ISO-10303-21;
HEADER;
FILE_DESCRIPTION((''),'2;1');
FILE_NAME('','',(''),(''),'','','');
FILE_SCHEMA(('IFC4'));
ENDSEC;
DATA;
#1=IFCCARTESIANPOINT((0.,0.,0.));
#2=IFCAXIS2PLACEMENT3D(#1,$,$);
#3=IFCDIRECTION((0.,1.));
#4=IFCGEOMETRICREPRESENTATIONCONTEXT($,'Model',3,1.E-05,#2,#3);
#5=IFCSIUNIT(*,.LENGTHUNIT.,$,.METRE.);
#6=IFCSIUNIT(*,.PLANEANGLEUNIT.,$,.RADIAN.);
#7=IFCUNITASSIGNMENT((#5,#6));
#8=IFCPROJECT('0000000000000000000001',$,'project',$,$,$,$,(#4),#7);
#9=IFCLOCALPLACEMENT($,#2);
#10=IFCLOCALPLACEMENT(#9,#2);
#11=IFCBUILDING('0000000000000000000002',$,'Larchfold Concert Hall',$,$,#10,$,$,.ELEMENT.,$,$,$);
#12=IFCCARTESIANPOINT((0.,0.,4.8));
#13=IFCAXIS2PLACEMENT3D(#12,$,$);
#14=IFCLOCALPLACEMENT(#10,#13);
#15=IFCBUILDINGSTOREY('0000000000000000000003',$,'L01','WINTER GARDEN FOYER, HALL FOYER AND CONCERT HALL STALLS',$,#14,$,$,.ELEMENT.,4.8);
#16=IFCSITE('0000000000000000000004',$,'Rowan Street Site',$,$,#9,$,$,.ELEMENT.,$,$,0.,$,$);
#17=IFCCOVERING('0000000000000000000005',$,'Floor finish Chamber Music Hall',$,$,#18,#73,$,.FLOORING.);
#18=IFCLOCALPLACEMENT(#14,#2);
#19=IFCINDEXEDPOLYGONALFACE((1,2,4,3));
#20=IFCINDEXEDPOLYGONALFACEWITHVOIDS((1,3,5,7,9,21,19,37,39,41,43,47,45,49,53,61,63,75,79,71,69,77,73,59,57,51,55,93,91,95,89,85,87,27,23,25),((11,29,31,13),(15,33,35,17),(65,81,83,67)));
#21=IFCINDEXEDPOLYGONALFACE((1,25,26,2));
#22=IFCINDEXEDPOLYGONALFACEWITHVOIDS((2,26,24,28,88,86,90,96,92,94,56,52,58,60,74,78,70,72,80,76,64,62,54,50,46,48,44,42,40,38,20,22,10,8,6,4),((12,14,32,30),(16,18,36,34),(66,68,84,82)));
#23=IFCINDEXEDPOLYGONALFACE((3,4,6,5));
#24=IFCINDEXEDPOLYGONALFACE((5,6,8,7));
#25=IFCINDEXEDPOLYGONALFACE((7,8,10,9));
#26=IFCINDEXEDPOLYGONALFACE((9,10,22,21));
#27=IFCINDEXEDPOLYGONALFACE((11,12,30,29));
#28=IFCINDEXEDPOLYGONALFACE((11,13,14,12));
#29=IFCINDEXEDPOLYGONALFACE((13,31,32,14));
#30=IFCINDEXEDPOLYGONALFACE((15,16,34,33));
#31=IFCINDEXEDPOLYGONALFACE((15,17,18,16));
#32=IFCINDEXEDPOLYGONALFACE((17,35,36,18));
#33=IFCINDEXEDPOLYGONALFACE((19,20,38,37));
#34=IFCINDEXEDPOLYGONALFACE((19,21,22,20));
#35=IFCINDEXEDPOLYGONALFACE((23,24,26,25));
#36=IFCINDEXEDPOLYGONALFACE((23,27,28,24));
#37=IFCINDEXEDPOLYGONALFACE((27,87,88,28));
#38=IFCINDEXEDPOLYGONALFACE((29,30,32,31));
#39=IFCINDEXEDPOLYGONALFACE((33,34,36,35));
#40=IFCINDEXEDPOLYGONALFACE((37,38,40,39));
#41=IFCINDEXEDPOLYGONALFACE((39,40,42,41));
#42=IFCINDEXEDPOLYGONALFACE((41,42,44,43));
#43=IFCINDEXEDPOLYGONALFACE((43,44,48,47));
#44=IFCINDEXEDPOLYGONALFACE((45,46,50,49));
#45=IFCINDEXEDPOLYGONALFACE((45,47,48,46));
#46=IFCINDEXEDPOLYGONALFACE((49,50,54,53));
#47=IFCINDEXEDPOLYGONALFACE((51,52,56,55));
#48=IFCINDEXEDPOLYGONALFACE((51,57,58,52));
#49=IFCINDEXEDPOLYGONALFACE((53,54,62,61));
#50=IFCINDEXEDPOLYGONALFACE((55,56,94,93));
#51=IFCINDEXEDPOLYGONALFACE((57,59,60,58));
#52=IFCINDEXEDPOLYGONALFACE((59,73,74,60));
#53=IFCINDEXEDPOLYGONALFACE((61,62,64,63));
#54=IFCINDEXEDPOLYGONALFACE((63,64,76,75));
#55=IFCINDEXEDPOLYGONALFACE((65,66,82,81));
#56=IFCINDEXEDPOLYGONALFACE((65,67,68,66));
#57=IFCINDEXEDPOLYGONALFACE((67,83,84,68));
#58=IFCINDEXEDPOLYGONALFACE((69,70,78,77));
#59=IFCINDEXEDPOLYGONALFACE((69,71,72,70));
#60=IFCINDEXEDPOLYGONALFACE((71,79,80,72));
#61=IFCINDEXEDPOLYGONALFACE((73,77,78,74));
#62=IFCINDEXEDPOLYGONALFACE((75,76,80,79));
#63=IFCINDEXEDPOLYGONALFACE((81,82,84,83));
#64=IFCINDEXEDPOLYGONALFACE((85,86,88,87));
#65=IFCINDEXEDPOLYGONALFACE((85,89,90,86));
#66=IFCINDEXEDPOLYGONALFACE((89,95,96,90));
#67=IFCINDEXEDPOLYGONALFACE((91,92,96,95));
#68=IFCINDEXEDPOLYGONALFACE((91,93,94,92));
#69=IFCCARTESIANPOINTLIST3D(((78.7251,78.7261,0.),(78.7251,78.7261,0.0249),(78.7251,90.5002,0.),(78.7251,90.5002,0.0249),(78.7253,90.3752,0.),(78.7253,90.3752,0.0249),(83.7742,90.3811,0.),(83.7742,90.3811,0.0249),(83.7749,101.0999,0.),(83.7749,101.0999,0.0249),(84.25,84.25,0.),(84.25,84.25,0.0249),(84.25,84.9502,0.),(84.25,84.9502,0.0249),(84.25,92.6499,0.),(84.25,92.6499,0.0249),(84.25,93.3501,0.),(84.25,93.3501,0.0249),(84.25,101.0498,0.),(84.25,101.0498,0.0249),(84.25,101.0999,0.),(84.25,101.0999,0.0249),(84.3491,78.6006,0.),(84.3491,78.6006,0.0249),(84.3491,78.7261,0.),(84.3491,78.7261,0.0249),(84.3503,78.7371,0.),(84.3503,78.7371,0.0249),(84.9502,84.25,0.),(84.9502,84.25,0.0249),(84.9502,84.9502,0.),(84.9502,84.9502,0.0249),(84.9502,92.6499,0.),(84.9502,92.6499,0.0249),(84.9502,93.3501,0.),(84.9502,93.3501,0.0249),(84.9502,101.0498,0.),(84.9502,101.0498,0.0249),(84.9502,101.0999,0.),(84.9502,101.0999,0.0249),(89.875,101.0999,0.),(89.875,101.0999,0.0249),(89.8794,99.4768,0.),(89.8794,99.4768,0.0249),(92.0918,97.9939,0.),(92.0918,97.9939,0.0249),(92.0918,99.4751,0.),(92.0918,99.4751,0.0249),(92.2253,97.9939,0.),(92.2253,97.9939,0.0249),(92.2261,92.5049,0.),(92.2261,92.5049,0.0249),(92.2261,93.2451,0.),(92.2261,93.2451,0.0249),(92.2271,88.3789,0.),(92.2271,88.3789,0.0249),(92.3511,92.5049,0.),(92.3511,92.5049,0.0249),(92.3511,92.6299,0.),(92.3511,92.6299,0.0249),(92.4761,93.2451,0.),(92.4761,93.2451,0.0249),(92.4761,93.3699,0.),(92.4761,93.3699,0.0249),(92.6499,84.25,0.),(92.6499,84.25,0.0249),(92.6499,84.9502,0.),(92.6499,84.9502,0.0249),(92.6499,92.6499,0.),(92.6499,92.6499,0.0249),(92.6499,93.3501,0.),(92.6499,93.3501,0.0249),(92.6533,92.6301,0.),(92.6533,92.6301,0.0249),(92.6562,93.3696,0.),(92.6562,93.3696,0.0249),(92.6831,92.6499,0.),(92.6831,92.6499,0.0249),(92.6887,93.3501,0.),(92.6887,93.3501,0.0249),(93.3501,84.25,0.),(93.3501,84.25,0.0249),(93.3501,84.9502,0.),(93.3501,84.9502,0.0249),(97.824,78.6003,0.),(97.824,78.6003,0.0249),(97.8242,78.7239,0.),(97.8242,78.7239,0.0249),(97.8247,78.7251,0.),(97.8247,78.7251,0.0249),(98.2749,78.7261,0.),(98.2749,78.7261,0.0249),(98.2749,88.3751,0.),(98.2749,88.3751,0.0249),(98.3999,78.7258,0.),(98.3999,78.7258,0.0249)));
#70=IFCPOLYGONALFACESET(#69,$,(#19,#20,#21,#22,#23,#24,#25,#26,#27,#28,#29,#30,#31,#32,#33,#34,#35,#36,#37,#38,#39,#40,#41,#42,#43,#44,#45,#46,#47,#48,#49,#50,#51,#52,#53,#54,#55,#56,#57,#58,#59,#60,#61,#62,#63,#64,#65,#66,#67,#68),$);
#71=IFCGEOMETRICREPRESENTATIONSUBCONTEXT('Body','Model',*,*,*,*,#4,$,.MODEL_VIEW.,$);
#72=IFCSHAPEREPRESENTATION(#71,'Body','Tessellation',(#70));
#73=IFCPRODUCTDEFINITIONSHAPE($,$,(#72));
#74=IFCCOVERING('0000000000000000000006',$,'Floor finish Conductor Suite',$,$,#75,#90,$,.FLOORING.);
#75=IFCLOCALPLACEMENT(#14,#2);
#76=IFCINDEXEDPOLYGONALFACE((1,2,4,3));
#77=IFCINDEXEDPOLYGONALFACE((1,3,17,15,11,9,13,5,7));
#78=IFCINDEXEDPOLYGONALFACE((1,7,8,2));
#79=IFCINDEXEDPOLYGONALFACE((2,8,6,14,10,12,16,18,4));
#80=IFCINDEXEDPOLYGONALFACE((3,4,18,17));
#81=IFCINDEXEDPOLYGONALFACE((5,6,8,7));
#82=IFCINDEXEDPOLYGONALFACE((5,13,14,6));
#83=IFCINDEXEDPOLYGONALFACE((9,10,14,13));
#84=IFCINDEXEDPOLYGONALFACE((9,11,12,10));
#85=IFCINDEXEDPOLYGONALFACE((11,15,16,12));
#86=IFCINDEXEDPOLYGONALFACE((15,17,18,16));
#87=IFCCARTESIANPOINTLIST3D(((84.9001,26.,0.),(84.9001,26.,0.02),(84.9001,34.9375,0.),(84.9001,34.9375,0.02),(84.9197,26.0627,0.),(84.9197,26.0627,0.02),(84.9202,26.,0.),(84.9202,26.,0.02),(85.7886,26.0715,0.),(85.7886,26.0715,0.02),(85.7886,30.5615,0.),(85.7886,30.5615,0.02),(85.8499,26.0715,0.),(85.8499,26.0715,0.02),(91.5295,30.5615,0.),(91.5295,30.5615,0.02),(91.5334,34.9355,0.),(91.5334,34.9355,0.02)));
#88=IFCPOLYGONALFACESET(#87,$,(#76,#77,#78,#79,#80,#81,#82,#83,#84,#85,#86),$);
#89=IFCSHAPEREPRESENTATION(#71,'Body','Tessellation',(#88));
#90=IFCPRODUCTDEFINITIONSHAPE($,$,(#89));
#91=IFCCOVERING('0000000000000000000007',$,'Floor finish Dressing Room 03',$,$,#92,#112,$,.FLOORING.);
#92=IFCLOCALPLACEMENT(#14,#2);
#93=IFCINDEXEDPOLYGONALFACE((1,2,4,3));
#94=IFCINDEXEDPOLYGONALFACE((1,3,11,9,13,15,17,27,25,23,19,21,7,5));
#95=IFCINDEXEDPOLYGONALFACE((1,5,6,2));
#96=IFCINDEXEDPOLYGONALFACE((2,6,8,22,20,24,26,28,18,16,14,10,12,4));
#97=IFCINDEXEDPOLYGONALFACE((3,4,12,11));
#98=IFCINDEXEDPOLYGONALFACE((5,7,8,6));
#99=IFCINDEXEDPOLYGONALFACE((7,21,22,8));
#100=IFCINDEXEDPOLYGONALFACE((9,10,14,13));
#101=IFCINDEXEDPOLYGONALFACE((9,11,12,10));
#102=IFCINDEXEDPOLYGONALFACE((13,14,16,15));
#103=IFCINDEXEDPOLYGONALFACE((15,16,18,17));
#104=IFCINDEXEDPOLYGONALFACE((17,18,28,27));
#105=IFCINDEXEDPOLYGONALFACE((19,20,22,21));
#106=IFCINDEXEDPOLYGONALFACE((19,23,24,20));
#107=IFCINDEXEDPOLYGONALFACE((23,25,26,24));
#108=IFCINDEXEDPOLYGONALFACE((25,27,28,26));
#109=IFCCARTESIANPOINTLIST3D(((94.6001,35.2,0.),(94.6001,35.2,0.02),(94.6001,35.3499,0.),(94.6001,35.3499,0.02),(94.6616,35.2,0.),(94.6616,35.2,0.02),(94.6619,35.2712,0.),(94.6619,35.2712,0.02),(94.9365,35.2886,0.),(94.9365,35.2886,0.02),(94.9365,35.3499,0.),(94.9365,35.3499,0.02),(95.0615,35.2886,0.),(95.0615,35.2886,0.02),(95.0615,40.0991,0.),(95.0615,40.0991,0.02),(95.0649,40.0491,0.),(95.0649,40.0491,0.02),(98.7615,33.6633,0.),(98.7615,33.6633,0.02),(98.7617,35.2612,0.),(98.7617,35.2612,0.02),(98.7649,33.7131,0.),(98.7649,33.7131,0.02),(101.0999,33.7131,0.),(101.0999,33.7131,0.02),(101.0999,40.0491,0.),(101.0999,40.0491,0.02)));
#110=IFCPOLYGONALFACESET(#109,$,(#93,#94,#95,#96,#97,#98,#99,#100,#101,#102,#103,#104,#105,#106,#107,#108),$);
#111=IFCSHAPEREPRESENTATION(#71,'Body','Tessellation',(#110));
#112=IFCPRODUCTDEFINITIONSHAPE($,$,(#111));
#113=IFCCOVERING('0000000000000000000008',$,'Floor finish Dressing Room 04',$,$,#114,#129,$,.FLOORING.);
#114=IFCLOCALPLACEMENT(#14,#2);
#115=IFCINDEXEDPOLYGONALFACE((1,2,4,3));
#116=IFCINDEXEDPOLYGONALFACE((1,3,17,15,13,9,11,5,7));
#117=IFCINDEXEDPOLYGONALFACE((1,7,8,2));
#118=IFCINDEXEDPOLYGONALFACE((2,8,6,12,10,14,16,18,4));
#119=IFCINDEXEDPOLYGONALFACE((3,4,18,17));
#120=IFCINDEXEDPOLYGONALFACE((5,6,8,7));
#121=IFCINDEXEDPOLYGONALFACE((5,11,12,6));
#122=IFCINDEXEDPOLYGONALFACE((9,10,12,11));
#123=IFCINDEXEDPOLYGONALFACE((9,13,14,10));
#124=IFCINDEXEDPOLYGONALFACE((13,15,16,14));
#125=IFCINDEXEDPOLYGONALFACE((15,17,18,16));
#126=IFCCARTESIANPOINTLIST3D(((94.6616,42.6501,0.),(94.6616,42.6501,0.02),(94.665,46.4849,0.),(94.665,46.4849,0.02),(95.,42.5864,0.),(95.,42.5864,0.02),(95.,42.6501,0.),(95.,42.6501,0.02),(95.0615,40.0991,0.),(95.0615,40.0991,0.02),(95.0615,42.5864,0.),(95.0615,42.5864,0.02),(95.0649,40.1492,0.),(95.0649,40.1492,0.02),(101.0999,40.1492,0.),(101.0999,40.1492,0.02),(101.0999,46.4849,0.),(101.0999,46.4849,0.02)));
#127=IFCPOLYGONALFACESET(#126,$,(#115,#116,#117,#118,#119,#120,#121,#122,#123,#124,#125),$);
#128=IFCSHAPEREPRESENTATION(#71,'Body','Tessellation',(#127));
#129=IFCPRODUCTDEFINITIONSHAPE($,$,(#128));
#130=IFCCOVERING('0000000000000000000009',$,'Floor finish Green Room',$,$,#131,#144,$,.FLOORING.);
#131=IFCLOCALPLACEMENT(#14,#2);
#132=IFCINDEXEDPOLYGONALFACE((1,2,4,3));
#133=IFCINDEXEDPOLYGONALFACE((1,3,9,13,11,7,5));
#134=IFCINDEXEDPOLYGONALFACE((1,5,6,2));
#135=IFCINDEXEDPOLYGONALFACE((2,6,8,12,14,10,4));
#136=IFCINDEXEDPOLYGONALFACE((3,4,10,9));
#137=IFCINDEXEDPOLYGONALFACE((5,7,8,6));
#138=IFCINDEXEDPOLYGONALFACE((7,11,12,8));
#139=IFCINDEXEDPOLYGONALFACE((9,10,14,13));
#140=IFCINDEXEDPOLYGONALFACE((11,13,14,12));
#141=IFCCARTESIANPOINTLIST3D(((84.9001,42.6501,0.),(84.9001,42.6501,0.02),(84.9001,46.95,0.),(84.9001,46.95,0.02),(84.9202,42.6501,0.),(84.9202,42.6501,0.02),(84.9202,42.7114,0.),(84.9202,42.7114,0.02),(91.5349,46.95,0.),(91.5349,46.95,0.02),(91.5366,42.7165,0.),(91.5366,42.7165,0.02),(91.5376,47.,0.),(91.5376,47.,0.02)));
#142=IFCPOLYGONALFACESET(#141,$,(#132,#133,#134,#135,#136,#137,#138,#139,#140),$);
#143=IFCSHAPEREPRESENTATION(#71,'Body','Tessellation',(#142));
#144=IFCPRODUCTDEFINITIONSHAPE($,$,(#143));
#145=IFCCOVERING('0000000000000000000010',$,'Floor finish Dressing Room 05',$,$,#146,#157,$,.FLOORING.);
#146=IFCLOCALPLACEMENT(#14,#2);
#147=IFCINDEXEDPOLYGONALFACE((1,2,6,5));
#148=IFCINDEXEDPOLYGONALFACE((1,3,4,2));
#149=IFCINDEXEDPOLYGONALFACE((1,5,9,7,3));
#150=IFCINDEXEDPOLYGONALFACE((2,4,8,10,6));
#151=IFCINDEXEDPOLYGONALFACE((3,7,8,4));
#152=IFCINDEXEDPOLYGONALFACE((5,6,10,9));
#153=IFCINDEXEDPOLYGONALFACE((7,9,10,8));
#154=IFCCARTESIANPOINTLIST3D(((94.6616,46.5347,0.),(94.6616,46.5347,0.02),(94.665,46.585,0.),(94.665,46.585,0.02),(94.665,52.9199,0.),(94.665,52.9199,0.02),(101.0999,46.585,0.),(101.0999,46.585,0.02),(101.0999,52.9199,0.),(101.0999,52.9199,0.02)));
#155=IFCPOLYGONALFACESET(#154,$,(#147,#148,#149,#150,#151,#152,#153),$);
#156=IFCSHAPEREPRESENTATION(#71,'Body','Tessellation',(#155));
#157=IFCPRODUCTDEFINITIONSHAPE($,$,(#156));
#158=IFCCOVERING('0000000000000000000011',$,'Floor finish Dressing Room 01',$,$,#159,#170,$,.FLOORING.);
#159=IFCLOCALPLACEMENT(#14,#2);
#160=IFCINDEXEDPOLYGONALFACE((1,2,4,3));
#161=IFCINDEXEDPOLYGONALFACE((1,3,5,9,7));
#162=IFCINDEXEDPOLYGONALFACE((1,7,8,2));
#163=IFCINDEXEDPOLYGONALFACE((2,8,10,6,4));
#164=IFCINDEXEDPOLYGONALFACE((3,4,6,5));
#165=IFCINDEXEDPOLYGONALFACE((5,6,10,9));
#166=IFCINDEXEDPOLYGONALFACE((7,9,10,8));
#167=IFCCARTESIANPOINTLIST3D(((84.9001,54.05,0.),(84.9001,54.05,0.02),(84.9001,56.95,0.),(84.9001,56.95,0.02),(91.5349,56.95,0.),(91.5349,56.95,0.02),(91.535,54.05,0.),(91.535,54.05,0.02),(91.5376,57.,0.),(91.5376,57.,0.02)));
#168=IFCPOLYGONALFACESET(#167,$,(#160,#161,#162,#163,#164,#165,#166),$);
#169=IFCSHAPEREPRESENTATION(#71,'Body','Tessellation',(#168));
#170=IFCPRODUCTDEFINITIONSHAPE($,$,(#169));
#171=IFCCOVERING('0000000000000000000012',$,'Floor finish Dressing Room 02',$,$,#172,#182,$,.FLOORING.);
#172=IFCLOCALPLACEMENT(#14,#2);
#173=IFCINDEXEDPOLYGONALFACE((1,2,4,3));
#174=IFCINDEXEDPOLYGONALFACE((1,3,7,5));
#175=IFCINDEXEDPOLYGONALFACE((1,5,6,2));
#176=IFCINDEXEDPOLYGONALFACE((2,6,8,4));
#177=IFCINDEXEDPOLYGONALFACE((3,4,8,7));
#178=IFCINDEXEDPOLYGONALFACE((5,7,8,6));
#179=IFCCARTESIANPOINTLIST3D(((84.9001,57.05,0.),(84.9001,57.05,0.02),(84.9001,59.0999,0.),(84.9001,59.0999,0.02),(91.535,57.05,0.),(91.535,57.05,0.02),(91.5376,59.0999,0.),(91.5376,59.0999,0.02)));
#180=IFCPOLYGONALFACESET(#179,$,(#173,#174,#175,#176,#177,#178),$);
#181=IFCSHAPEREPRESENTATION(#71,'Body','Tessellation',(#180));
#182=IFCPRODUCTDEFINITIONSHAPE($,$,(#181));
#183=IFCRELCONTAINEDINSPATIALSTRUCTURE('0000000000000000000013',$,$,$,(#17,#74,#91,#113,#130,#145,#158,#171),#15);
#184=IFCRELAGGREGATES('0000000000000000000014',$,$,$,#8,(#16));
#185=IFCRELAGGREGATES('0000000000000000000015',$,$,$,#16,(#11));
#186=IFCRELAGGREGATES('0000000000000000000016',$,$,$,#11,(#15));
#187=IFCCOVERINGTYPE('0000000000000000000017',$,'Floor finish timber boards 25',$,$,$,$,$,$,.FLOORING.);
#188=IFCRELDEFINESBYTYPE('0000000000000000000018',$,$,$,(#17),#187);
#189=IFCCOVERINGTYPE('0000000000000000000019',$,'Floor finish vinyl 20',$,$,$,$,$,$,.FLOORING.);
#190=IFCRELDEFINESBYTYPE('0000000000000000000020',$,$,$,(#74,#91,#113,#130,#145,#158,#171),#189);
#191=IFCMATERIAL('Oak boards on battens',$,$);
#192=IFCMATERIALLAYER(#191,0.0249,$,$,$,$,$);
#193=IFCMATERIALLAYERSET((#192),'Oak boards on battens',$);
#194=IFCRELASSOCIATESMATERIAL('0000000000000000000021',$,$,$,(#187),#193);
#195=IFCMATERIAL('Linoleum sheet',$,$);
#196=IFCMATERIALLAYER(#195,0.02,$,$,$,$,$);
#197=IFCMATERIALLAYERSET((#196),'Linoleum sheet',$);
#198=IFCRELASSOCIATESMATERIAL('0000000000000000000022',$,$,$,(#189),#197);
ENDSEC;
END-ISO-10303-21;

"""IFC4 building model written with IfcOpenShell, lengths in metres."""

from ifc_helpers import new_model, si_unit, direction, frame, origin, place, context, subcontext, project, spatial, polyline, outline, extrude, material, layer, layer_set, type_object, element, save


model = new_model("IFC4")

# Units and contexts
model_context = context("Model", 3, precision=1e-05, world=origin(), true_north=direction((0.0, 1.0)))
body_context = subcontext(model_context, "Body", "Model", "MODEL_VIEW")
ifc_project = project(units=[si_unit("LENGTHUNIT", "METRE"), si_unit("PLANEANGLEUNIT", "RADIAN")], contexts=[model_context])

# Site, building, storey
site_placement = place(None, origin())
site = spatial("IfcSite", under=ifc_project, at=site_placement, Name="Rowan Street Site", CompositionType="ELEMENT", RefElevation=0.0)
building_placement = place(site_placement, origin())
building = spatial("IfcBuilding", under=site, at=building_placement, Name="Larchfold Concert Hall", CompositionType="ELEMENT")
storey_placement = place(building_placement, frame((0.0, 0.0, 4.8)))
storey = spatial("IfcBuildingStorey", under=building, at=storey_placement, Name="L01", Description="WINTER GARDEN FOYER, HALL FOYER AND CONCERT HALL STALLS", CompositionType="ELEMENT", Elevation=4.8)

# Coverings
ifc_material_1 = material(Name="Oak boards on battens")
ifc_layer_1 = layer(ifc_material_1, 0.0249)
ifc_layer_set_1 = layer_set([ifc_layer_1], Name="Oak boards on battens")
covering_type_1 = type_object("IfcCoveringType", Name="Floor finish timber boards 25", PredefinedType="FLOORING", material=ifc_layer_set_1)
covering_1_placement = place(storey_placement, origin())
element("IfcCovering", 1, at=covering_1_placement, inside=storey, type_object=covering_type_1, Name="Floor finish Chamber Music Hall", PredefinedType="FLOORING", context=body_context, shape_type="SweptSolid", body=[
    extrude(outline(polyline([(78.7253, 90.3752), (78.7251, 90.5002), (78.7251, 78.7261), (84.3491, 78.7261), (84.3491, 78.6006), (84.3503, 78.7371), (97.8242, 78.7239), (97.824, 78.6003), (97.8247, 78.7251), (98.3999, 78.7258), (98.2749, 78.7261), (98.2749, 88.375), (98.3999, 88.375), (92.2271, 88.3789), (92.2261, 92.5049), (92.3511, 92.5049), (92.3511, 92.6299), (92.6533, 92.6301), (92.6831, 92.6499), (92.6499, 92.6499), (92.6499, 93.3501), (92.6887, 93.3501), (92.6562, 93.3696), (92.4761, 93.3699), (92.4761, 93.2451), (92.2261, 93.2451), (92.2253, 97.9939), (92.0918, 97.9939), (92.0918, 99.4751), (89.8794, 99.4768), (89.875, 101.0999), (84.9502, 101.0999), (84.9502, 101.0498), (84.25, 101.0498), (84.25, 101.0999), (83.7749, 101.0999), (83.7742, 90.3811), (78.7253, 90.3752)]), holes=[polyline([(92.6499, 84.9502), (93.3501, 84.9502), (93.3501, 84.25), (92.6499, 84.25), (92.6499, 84.9502)]), polyline([(84.25, 84.25), (84.25, 84.9502), (84.9502, 84.9502), (84.9502, 84.25), (84.25, 84.25)]), polyline([(84.25, 93.3501), (84.9502, 93.3501), (84.9502, 92.6499), (84.25, 92.6499), (84.25, 93.3501)])]), origin(), (0.0, 0.0, 1.0), 0.0249),
])
ifc_material_2 = material(Name="Linoleum sheet")
ifc_layer_2 = layer(ifc_material_2, 0.02)
ifc_layer_set_2 = layer_set([ifc_layer_2], Name="Linoleum sheet")
covering_type_2 = type_object("IfcCoveringType", Name="Floor finish vinyl 20", PredefinedType="FLOORING", material=ifc_layer_set_2)
covering_2_placement = place(storey_placement, origin())
element("IfcCovering", 2, at=covering_2_placement, inside=storey, type_object=covering_type_2, Name="Floor finish Conductor Suite", PredefinedType="FLOORING", context=body_context, shape_type="SweptSolid", body=[
    extrude(outline(polyline([(84.9197, 26.0627), (85.8499, 26.0715), (85.7886, 26.0715), (85.7886, 30.5615), (91.5295, 30.5615), (91.5334, 34.9355), (84.9001, 34.9375), (84.9001, 26.0), (84.9202, 26.0), (84.9197, 26.0627)])), origin(), (0.0, 0.0, 1.0), 0.02),
])
covering_3_placement = place(storey_placement, origin())
element("IfcCovering", 3, at=covering_3_placement, inside=storey, type_object=covering_type_2, Name="Floor finish Dressing Room 03", PredefinedType="FLOORING", context=body_context, shape_type="SweptSolid", body=[
    extrude(outline(polyline([(95.0615, 40.0991), (95.0615, 35.2886), (94.9365, 35.2886), (94.9365, 35.3499), (94.6001, 35.3499), (94.6001, 35.2), (94.6616, 35.2), (94.6619, 35.2712), (98.7617, 35.2612), (98.7615, 33.6633), (98.7649, 33.7131), (101.0999, 33.7131), (101.0999, 40.0491), (95.0649, 40.0491), (95.0615, 40.0991)])), origin(), (0.0, 0.0, 1.0), 0.02),
])
covering_4_placement = place(storey_placement, origin())
element("IfcCovering", 4, at=covering_4_placement, inside=storey, type_object=covering_type_2, Name="Floor finish Dressing Room 04", PredefinedType="FLOORING", context=body_context, shape_type="SweptSolid", body=[
    extrude(outline(polyline([(94.665, 46.5347), (94.6616, 42.6501), (95.0, 42.6501), (95.0, 42.5864), (95.0615, 42.5864), (95.0615, 40.0991), (95.0649, 40.1492), (101.0999, 40.1492), (101.0999, 46.4849), (94.665, 46.4849), (94.665, 46.5347)])), origin(), (0.0, 0.0, 1.0), 0.02),
])
covering_5_placement = place(storey_placement, origin())
element("IfcCovering", 5, at=covering_5_placement, inside=storey, type_object=covering_type_2, Name="Floor finish Green Room", PredefinedType="FLOORING", context=body_context, shape_type="SweptSolid", body=[
    extrude(outline(polyline([(91.5376, 47.0), (91.5349, 46.95), (84.9001, 46.95), (84.9001, 42.6501), (84.9202, 42.6501), (84.9202, 42.7114), (91.6001, 42.7166), (91.5366, 42.7166), (91.5376, 47.0)])), origin(), (0.0, 0.0, 1.0), 0.02),
])
covering_6_placement = place(storey_placement, origin())
element("IfcCovering", 6, at=covering_6_placement, inside=storey, type_object=covering_type_2, Name="Floor finish Dressing Room 05", PredefinedType="FLOORING", context=body_context, shape_type="SweptSolid", body=[
    extrude(outline(polyline([(94.6616, 46.5347), (94.665, 46.585), (101.0999, 46.585), (101.0999, 52.9199), (94.665, 52.9199), (94.665, 52.9702), (94.6616, 46.5347)])), origin(), (0.0, 0.0, 1.0), 0.02),
])
covering_7_placement = place(storey_placement, origin())
element("IfcCovering", 7, at=covering_7_placement, inside=storey, type_object=covering_type_2, Name="Floor finish Dressing Room 01", PredefinedType="FLOORING", context=body_context, shape_type="SweptSolid", body=[
    extrude(outline(polyline([(91.5349, 54.0), (91.5376, 57.0), (91.5349, 56.95), (84.9001, 56.95), (84.9001, 54.05), (91.5349, 54.05), (91.5349, 54.0)])), origin(), (0.0, 0.0, 1.0), 0.02),
])
covering_8_placement = place(storey_placement, origin())
element("IfcCovering", 8, at=covering_8_placement, inside=storey, type_object=covering_type_2, Name="Floor finish Dressing Room 02", PredefinedType="FLOORING", context=body_context, shape_type="SweptSolid", body=[
    extrude(outline(polyline([(91.5349, 57.0), (91.5376, 59.0999), (84.9001, 59.0999), (84.9001, 57.05), (91.5349, 57.05), (91.5349, 57.0)])), origin(), (0.0, 0.0, 1.0), 0.02),
])

save(model, "model.ifc")
